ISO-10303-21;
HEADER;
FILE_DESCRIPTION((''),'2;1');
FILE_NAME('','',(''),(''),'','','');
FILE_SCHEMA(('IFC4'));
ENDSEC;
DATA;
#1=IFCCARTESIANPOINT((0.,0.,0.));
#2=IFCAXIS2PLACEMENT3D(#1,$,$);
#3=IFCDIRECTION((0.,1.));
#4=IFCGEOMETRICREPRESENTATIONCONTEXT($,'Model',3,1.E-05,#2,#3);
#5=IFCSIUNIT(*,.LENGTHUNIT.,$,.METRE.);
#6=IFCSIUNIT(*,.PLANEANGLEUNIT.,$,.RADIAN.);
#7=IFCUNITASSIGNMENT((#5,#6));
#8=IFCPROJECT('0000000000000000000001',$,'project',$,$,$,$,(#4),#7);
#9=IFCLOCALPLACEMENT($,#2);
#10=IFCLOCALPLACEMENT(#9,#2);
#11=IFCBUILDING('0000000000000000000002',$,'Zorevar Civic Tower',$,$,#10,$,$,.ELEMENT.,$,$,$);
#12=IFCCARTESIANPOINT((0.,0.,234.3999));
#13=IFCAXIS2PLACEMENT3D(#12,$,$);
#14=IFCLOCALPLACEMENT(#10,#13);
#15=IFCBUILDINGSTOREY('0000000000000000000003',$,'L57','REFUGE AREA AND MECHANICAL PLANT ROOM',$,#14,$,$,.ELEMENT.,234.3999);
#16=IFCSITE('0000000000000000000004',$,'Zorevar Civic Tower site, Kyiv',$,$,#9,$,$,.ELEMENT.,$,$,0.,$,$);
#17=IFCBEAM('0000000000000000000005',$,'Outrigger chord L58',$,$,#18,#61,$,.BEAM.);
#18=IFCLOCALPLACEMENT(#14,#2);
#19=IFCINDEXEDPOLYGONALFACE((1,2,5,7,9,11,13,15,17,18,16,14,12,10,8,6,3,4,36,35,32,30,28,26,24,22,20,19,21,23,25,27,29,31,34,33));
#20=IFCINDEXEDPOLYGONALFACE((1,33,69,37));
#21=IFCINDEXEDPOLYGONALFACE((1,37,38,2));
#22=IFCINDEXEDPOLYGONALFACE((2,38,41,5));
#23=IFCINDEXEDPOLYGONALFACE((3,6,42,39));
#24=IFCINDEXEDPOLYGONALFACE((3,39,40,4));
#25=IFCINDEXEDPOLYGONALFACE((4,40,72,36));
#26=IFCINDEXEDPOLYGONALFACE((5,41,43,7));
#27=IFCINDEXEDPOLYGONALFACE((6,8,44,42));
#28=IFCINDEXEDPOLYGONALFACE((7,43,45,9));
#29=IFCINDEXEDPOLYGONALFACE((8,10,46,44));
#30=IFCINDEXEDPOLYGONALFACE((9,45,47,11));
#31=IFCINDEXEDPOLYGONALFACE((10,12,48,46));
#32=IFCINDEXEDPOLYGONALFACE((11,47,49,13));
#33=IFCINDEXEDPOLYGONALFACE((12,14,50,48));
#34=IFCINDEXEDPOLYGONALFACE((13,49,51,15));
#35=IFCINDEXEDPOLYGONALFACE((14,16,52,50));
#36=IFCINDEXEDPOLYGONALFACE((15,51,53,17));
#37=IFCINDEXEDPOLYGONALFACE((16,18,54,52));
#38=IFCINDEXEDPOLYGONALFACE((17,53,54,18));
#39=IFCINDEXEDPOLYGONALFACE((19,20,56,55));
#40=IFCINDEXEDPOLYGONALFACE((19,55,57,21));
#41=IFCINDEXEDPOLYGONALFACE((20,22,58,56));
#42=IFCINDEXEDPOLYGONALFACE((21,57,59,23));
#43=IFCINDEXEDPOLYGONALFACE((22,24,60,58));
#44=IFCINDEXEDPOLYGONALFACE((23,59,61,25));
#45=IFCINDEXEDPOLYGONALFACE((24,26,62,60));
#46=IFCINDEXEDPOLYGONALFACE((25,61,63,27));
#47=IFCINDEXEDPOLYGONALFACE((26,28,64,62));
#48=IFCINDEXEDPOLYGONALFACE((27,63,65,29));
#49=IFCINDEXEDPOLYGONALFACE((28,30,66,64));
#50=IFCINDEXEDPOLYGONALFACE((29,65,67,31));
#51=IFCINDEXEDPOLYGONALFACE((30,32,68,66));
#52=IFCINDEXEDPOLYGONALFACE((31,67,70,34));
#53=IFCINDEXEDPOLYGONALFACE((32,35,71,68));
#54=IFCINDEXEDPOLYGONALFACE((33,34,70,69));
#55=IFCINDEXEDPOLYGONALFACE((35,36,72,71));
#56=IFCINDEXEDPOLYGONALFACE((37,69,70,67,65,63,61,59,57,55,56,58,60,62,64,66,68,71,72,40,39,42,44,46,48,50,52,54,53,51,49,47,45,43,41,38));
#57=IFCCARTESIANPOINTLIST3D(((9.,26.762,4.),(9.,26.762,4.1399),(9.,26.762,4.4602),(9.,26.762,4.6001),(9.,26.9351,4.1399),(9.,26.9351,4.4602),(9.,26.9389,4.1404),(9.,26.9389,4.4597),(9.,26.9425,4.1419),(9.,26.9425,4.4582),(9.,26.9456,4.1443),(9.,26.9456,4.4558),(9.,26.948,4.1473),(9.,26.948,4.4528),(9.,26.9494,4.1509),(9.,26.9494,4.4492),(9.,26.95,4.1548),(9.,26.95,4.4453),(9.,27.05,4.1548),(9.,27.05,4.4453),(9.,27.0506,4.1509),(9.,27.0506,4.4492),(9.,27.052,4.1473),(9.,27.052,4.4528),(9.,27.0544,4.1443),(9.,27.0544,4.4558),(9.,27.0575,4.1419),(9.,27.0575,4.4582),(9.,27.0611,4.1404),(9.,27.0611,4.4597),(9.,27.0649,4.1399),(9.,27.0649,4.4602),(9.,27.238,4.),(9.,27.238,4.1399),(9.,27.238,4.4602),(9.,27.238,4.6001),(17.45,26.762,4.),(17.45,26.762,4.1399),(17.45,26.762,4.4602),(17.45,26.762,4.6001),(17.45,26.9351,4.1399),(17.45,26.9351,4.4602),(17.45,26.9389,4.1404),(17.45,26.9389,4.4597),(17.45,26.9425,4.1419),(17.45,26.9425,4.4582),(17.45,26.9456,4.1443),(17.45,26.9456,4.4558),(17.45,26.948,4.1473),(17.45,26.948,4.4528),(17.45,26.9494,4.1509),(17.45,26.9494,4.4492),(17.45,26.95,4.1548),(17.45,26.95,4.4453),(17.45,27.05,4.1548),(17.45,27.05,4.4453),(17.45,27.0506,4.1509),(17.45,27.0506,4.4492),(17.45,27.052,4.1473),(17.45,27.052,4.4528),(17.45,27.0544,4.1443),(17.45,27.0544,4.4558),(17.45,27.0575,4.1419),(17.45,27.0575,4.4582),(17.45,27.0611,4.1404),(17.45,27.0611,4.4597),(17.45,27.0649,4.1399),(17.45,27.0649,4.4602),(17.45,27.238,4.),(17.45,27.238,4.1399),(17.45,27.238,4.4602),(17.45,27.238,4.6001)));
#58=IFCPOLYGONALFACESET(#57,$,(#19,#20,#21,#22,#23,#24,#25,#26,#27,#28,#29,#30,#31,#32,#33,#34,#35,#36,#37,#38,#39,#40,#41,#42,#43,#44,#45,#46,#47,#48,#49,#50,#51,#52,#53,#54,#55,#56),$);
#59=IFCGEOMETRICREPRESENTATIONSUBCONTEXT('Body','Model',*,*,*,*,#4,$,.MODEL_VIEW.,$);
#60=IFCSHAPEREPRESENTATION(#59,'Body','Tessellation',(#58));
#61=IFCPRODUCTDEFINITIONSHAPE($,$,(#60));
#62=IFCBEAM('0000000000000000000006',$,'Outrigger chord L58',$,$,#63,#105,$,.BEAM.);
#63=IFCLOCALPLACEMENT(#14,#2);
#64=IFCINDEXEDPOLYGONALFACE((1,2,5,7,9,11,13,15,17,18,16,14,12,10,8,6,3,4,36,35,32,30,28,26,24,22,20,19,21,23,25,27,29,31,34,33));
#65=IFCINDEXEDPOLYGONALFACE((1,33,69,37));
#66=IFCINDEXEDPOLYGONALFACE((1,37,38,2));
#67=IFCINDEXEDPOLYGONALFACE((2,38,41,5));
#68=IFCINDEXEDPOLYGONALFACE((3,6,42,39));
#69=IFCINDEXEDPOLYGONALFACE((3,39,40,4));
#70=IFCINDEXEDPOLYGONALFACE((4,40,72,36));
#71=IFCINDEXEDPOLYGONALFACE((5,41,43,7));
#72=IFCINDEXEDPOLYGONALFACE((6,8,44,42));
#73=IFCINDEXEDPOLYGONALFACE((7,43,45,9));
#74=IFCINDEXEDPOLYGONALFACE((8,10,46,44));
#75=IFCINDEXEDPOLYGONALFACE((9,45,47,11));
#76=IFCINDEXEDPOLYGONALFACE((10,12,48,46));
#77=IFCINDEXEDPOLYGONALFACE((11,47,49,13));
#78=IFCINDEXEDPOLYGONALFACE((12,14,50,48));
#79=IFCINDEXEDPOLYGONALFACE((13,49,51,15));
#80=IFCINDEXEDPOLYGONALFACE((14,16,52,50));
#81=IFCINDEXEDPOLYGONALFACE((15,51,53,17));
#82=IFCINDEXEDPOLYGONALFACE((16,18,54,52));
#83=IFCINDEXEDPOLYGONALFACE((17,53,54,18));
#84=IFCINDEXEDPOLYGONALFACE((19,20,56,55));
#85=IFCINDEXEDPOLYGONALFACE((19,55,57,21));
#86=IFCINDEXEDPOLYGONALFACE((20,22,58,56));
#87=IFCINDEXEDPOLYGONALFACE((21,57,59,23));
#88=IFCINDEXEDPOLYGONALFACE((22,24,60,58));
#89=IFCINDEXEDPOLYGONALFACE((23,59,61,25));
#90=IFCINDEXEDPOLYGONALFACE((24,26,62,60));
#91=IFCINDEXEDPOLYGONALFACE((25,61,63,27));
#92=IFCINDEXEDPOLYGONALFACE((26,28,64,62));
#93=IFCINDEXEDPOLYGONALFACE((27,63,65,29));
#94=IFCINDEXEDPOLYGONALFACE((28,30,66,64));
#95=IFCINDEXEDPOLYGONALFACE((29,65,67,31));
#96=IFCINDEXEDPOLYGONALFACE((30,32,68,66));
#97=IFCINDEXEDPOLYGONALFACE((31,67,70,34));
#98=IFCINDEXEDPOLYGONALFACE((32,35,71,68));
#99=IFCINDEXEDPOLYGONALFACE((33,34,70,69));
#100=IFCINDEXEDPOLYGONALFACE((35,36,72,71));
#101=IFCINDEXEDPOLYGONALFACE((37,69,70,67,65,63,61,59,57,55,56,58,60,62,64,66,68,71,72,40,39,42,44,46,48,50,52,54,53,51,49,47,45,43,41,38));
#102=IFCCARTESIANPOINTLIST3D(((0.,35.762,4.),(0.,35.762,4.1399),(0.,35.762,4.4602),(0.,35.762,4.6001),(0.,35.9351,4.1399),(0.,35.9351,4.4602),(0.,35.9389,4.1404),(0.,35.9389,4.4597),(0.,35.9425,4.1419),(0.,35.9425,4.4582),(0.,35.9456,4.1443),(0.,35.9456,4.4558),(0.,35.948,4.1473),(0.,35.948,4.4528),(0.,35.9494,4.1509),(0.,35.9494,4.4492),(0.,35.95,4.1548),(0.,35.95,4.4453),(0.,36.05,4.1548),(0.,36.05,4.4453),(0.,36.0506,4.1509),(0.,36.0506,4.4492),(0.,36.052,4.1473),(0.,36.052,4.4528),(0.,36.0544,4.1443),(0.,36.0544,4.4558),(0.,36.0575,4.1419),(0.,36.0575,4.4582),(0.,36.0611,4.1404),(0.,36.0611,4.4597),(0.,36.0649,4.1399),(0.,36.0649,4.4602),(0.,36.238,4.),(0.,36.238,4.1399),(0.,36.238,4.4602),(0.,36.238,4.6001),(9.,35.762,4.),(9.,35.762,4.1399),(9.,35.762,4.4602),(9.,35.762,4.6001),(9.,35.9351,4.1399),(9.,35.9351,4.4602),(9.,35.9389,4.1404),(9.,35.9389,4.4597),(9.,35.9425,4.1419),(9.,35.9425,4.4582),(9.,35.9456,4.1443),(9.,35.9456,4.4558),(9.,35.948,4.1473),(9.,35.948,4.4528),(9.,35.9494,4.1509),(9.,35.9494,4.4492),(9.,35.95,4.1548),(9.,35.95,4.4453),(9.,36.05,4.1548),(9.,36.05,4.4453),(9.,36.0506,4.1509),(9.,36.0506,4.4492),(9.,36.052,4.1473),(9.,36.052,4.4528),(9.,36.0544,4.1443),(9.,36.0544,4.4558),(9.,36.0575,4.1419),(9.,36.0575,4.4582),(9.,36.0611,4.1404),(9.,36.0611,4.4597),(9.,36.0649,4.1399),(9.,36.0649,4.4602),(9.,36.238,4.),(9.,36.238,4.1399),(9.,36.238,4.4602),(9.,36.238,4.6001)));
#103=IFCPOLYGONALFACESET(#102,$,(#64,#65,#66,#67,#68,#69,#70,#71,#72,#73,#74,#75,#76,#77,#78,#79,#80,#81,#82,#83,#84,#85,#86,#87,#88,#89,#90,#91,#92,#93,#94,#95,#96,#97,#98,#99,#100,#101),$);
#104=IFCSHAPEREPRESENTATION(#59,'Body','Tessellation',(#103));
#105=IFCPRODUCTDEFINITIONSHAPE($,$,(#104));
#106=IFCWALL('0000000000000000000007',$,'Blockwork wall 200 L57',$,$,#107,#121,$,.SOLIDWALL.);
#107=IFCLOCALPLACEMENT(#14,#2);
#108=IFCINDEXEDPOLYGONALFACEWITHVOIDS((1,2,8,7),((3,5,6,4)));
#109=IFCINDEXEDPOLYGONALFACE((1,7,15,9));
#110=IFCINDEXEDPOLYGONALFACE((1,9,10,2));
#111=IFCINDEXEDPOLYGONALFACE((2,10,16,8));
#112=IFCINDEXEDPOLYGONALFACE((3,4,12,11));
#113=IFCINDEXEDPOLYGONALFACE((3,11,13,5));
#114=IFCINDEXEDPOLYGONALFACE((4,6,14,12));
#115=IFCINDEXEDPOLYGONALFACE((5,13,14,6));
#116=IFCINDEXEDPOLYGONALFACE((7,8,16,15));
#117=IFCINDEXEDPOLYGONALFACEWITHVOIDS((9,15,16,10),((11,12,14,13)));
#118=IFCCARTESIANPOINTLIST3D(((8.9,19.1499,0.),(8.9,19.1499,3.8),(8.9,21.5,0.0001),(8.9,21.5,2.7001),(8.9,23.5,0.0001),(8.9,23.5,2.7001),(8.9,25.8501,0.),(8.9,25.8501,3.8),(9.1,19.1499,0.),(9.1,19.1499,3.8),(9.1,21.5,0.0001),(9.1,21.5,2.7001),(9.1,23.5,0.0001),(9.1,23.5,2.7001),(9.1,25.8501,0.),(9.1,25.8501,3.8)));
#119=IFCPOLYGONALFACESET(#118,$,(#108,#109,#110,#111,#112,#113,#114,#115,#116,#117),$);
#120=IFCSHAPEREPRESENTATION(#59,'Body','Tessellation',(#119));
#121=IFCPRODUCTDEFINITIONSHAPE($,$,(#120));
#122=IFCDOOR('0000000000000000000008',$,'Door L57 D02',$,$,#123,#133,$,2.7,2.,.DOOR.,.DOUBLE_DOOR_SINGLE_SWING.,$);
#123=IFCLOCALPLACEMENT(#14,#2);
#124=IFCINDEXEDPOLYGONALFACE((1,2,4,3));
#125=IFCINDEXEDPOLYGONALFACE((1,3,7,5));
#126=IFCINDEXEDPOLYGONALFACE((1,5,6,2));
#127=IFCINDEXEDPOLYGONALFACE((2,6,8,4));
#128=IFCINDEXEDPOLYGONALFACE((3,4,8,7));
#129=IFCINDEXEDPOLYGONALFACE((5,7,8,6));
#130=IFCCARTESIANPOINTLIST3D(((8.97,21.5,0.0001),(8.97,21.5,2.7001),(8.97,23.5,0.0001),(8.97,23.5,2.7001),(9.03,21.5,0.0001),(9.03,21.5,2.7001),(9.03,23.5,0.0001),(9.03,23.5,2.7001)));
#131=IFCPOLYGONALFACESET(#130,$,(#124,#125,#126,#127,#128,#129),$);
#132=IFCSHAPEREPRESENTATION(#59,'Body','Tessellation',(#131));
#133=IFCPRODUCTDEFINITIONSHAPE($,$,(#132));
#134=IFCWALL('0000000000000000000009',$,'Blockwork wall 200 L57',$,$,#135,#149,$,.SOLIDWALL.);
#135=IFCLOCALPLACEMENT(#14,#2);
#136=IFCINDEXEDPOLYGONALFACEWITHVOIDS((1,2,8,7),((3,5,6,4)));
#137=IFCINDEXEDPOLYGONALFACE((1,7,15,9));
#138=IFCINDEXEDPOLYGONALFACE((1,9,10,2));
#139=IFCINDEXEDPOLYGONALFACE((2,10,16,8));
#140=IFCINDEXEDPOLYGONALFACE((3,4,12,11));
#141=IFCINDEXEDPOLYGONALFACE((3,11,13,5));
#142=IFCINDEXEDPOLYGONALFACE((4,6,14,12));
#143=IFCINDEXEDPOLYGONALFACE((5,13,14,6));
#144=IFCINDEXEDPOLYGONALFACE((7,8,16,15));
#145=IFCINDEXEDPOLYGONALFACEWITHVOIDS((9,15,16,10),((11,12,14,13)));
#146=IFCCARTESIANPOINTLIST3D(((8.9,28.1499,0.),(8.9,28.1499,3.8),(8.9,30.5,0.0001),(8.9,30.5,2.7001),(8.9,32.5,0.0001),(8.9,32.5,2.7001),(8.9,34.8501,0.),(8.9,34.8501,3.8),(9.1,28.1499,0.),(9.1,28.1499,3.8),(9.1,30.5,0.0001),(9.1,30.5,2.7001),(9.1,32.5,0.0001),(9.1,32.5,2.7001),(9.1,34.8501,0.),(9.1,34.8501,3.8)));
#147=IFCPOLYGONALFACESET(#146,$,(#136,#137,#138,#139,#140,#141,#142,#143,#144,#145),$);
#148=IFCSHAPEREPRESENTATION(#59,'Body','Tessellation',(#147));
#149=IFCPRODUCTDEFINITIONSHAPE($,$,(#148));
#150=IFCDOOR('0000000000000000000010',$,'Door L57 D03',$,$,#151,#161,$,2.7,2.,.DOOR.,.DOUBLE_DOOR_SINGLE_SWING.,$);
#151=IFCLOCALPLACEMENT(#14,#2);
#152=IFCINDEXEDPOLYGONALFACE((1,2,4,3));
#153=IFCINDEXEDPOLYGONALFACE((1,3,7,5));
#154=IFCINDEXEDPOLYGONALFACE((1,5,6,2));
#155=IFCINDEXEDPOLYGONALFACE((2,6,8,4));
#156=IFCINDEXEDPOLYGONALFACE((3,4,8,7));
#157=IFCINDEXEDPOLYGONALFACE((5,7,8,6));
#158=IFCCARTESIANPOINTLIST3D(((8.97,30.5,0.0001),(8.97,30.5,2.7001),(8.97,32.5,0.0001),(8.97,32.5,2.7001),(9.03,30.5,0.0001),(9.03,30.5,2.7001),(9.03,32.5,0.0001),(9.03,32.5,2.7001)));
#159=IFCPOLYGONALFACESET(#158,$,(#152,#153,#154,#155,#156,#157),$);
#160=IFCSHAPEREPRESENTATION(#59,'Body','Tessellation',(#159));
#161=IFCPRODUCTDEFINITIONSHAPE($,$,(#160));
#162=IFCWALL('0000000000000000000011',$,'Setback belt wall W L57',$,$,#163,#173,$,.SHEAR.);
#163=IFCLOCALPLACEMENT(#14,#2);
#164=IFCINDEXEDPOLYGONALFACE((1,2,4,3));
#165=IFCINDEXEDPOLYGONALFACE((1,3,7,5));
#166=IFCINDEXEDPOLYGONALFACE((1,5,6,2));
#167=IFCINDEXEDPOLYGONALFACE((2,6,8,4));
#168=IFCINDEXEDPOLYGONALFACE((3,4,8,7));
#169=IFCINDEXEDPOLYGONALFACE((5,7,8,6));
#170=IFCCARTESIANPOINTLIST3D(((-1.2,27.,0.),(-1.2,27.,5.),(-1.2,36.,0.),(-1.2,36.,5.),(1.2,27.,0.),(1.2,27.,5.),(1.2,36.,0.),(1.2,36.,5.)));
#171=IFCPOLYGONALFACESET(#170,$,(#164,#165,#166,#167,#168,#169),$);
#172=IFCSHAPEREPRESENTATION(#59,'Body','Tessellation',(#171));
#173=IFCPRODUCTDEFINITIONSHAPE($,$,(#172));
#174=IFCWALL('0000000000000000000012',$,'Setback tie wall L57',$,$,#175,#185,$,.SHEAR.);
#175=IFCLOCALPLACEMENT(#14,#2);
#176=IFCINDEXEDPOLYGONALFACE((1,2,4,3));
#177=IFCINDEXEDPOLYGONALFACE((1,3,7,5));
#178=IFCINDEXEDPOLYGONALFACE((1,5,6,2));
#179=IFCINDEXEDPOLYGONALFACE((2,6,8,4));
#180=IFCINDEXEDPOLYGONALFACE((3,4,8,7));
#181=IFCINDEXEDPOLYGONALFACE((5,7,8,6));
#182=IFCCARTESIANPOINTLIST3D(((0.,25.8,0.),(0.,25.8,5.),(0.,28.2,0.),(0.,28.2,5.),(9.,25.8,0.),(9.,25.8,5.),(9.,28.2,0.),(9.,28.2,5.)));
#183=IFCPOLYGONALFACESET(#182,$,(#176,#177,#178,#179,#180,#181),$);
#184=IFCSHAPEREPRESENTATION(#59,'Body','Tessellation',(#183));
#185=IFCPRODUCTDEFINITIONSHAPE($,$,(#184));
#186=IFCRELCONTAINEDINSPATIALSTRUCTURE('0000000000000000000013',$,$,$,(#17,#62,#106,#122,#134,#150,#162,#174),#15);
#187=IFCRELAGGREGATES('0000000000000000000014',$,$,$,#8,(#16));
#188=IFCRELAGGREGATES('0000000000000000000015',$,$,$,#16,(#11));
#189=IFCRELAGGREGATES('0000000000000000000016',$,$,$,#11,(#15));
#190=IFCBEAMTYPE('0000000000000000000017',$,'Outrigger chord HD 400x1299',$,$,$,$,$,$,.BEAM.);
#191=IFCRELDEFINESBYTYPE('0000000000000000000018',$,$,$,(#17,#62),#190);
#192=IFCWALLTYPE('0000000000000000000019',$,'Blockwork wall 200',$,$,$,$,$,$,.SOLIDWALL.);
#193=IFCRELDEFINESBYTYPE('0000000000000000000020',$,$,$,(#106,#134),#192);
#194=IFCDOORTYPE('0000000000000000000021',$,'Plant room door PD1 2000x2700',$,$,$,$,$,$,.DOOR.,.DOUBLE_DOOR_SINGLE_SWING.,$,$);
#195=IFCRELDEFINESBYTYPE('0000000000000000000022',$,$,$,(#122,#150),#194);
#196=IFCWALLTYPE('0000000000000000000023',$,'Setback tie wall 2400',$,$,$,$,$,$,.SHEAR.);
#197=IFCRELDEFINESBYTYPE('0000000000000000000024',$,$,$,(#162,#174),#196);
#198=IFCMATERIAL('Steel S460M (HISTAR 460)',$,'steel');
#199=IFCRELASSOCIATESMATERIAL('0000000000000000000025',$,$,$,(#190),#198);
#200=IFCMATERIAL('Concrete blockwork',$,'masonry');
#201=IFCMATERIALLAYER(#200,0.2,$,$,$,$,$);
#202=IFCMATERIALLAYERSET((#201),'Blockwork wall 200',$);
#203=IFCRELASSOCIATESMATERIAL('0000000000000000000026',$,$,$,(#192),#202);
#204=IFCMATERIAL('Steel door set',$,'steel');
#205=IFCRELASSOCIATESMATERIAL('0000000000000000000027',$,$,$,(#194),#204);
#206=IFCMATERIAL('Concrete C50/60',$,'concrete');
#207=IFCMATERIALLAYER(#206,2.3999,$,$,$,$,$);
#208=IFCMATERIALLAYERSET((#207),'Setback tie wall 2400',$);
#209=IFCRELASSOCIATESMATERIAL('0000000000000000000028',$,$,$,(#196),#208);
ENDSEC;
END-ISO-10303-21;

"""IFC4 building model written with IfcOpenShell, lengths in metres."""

from ifc_helpers import new_model, si_unit, direction, frame, frame_2d, origin, origin_2d, place, context, subcontext, project, spatial, rectangle, i_section, extrude, material, layer, layer_set, material_profile, profile_set, type_object, element, fill, save


model = new_model("IFC4")

# Units and contexts
model_context = context("Model", 3, precision=1e-05, world=origin(), true_north=direction((0.0, 1.0)))
body_context = subcontext(model_context, "Body", "Model", "MODEL_VIEW")
ifc_project = project(units=[si_unit("LENGTHUNIT", "METRE"), si_unit("PLANEANGLEUNIT", "RADIAN")], contexts=[model_context])

# Site, building, storey
site_placement = place(None, origin())
site = spatial("IfcSite", under=ifc_project, at=site_placement, Name="Zorevar Civic Tower site, Kyiv", CompositionType="ELEMENT", RefElevation=0.0)
building_placement = place(site_placement, origin())
building = spatial("IfcBuilding", under=site, at=building_placement, Name="Zorevar Civic Tower", CompositionType="ELEMENT")
storey_placement = place(building_placement, frame((0.0, 0.0, 234.3999)))
storey = spatial("IfcBuildingStorey", under=building, at=storey_placement, Name="L57", Description="REFUGE AREA AND MECHANICAL PLANT ROOM", CompositionType="ELEMENT", Elevation=234.3999)

# Beams
ifc_material_1 = material(Name="Steel S460M (HISTAR 460)", Category="steel")
ifc_material_profile_1 = material_profile(ifc_material_1, i_section(OverallWidth=0.4761, OverallDepth=0.6001, WebThickness=0.1001, FlangeThickness=0.1399, FilletRadius=0.0149, at=origin_2d()), Name="HD 400x1299")
ifc_profile_set_1 = profile_set([ifc_material_profile_1], Name="Steel S460M (HISTAR 460)")
beam_type_1 = type_object("IfcBeamType", Name="Outrigger chord HD 400x1299", PredefinedType="BEAM", material=ifc_profile_set_1)
beam_1_placement = place(storey_placement, frame((9.0, 27.0, 4.3), z_axis=(1.0, 0.0, 0.0), x_axis=(0.0, 1.0, 0.0)))
element("IfcBeam", 1, at=beam_1_placement, inside=storey, type_object=beam_type_1, Name="Outrigger chord L58", PredefinedType="BEAM", context=body_context, shape_type="SweptSolid", body=[
    extrude(i_section(OverallWidth=0.4761, OverallDepth=0.6001, WebThickness=0.1001, FlangeThickness=0.1399, FilletRadius=0.0149, at=origin_2d()), origin(), (0.0, 0.0, 1.0), 8.45),
])
beam_2_placement = place(storey_placement, frame((0.0, 36.0, 4.3), z_axis=(1.0, 0.0, 0.0), x_axis=(0.0, 1.0, 0.0)))
element("IfcBeam", 2, at=beam_2_placement, inside=storey, type_object=beam_type_1, Name="Outrigger chord L58", PredefinedType="BEAM", context=body_context, shape_type="SweptSolid", body=[
    extrude(i_section(OverallWidth=0.4761, OverallDepth=0.6001, WebThickness=0.1001, FlangeThickness=0.1399, FilletRadius=0.0149, at=origin_2d()), origin(), (0.0, 0.0, 1.0), 9.0),
])

# Walls, openings, doors
ifc_material_2 = material(Name="Concrete blockwork", Category="masonry")
ifc_layer_1 = layer(ifc_material_2, 0.2)
ifc_layer_set_1 = layer_set([ifc_layer_1], Name="Blockwork wall 200")
wall_type_1 = type_object("IfcWallType", Name="Blockwork wall 200", PredefinedType="SOLIDWALL", material=ifc_layer_set_1)
wall_1_placement = place(storey_placement, frame((9.0, 19.1499, 0.0), z_axis=(0.0, 0.0, 1.0), x_axis=(0.0, 1.0, 0.0)))
wall_1 = element("IfcWall", 3, at=wall_1_placement, inside=storey, type_object=wall_type_1, Name="Blockwork wall 200 L57", PredefinedType="SOLIDWALL", context=body_context, shape_type="SweptSolid", body=[
    extrude(rectangle(XDim=6.7002, YDim=0.2, at=frame_2d((3.3501, 0.0))), origin(), (0.0, 0.0, 1.0), 3.8),
])
opening_1_placement = place(wall_1_placement, frame((2.3501, 0.0, 0.0)))
opening_1 = element("IfcOpeningElement", 4, at=opening_1_placement, cuts=wall_1, PredefinedType="OPENING", context=body_context, shape_type="SweptSolid", body=[
    extrude(rectangle(XDim=2.0, YDim=2.7, at=frame_2d((1.0, 1.3501))), frame((0.0, 0.1099, 0.0), z_axis=(0.0, -1.0, 0.0), x_axis=(1.0, 0.0, 0.0)), (0.0, 0.0, 1.0), 0.22),
])
ifc_material_3 = material(Name="Steel door set", Category="steel")
door_type_1 = type_object("IfcDoorType", Name="Plant room door PD1 2000x2700", OperationType="DOUBLE_DOOR_SINGLE_SWING", PredefinedType="DOOR", material=ifc_material_3)
door_1_placement = place(opening_1_placement, origin())
door_1 = element("IfcDoor", 5, at=door_1_placement, inside=storey, type_object=door_type_1, Name="Door L57 D02", OperationType="DOUBLE_DOOR_SINGLE_SWING", OverallHeight=2.7, OverallWidth=2.0, PredefinedType="DOOR", context=body_context, shape_type="SweptSolid", body=[
    extrude(rectangle(XDim=2.0, YDim=2.7, at=frame_2d((1.0, 1.3501))), frame((0.0, 0.03, 0.0), z_axis=(0.0, -1.0, 0.0), x_axis=(1.0, 0.0, 0.0)), (0.0, 0.0, 1.0), 0.0601),
])
fill(opening_1, door_1)
wall_2_placement = place(storey_placement, frame((9.0, 28.1499, 0.0), z_axis=(0.0, 0.0, 1.0), x_axis=(0.0, 1.0, 0.0)))
wall_2 = element("IfcWall", 6, at=wall_2_placement, inside=storey, type_object=wall_type_1, Name="Blockwork wall 200 L57", PredefinedType="SOLIDWALL", context=body_context, shape_type="SweptSolid", body=[
    extrude(rectangle(XDim=6.7002, YDim=0.2, at=frame_2d((3.3501, 0.0))), origin(), (0.0, 0.0, 1.0), 3.8),
])
opening_2_placement = place(wall_2_placement, frame((2.3501, 0.0, 0.0)))
opening_2 = element("IfcOpeningElement", 7, at=opening_2_placement, cuts=wall_2, PredefinedType="OPENING", context=body_context, shape_type="SweptSolid", body=[
    extrude(rectangle(XDim=2.0, YDim=2.7, at=frame_2d((1.0, 1.3501))), frame((0.0, 0.1099, 0.0), z_axis=(0.0, -1.0, 0.0), x_axis=(1.0, 0.0, 0.0)), (0.0, 0.0, 1.0), 0.22),
])
door_2_placement = place(opening_2_placement, origin())
door_2 = element("IfcDoor", 8, at=door_2_placement, inside=storey, type_object=door_type_1, Name="Door L57 D03", OperationType="DOUBLE_DOOR_SINGLE_SWING", OverallHeight=2.7, OverallWidth=2.0, PredefinedType="DOOR", context=body_context, shape_type="SweptSolid", body=[
    extrude(rectangle(XDim=2.0, YDim=2.7, at=frame_2d((1.0, 1.3501))), frame((0.0, 0.03, 0.0), z_axis=(0.0, -1.0, 0.0), x_axis=(1.0, 0.0, 0.0)), (0.0, 0.0, 1.0), 0.0601),
])
fill(opening_2, door_2)

# Walls
ifc_material_4 = material(Name="Concrete C50/60", Category="concrete")
ifc_layer_2 = layer(ifc_material_4, 2.3999)
ifc_layer_set_2 = layer_set([ifc_layer_2], Name="Setback tie wall 2400")
wall_type_2 = type_object("IfcWallType", Name="Setback tie wall 2400", PredefinedType="SHEAR", material=ifc_layer_set_2)
for number, where, z_axis, x_axis, name in (
    (9, (0.0, 27.0, 0.0), (0.0, 0.0, 1.0), (0.0, 1.0, 0.0), "Setback belt wall W L57"),
    (10, (9.0, 27.0, 0.0), (0.0, 0.0, 1.0), (-1.0, 0.0, 0.0), "Setback tie wall L57"),
):
    element("IfcWall", number, at=place(storey_placement, frame(where, z_axis=z_axis, x_axis=x_axis)), inside=storey, type_object=wall_type_2, Name=name, PredefinedType="SHEAR", context=body_context, shape_type="SweptSolid", body=[
        extrude(rectangle(XDim=9.0, YDim=2.3999, at=frame_2d((4.5, 0.0))), origin(), (0.0, 0.0, 1.0), 5.0),
    ])

save(model, "model.ifc")
